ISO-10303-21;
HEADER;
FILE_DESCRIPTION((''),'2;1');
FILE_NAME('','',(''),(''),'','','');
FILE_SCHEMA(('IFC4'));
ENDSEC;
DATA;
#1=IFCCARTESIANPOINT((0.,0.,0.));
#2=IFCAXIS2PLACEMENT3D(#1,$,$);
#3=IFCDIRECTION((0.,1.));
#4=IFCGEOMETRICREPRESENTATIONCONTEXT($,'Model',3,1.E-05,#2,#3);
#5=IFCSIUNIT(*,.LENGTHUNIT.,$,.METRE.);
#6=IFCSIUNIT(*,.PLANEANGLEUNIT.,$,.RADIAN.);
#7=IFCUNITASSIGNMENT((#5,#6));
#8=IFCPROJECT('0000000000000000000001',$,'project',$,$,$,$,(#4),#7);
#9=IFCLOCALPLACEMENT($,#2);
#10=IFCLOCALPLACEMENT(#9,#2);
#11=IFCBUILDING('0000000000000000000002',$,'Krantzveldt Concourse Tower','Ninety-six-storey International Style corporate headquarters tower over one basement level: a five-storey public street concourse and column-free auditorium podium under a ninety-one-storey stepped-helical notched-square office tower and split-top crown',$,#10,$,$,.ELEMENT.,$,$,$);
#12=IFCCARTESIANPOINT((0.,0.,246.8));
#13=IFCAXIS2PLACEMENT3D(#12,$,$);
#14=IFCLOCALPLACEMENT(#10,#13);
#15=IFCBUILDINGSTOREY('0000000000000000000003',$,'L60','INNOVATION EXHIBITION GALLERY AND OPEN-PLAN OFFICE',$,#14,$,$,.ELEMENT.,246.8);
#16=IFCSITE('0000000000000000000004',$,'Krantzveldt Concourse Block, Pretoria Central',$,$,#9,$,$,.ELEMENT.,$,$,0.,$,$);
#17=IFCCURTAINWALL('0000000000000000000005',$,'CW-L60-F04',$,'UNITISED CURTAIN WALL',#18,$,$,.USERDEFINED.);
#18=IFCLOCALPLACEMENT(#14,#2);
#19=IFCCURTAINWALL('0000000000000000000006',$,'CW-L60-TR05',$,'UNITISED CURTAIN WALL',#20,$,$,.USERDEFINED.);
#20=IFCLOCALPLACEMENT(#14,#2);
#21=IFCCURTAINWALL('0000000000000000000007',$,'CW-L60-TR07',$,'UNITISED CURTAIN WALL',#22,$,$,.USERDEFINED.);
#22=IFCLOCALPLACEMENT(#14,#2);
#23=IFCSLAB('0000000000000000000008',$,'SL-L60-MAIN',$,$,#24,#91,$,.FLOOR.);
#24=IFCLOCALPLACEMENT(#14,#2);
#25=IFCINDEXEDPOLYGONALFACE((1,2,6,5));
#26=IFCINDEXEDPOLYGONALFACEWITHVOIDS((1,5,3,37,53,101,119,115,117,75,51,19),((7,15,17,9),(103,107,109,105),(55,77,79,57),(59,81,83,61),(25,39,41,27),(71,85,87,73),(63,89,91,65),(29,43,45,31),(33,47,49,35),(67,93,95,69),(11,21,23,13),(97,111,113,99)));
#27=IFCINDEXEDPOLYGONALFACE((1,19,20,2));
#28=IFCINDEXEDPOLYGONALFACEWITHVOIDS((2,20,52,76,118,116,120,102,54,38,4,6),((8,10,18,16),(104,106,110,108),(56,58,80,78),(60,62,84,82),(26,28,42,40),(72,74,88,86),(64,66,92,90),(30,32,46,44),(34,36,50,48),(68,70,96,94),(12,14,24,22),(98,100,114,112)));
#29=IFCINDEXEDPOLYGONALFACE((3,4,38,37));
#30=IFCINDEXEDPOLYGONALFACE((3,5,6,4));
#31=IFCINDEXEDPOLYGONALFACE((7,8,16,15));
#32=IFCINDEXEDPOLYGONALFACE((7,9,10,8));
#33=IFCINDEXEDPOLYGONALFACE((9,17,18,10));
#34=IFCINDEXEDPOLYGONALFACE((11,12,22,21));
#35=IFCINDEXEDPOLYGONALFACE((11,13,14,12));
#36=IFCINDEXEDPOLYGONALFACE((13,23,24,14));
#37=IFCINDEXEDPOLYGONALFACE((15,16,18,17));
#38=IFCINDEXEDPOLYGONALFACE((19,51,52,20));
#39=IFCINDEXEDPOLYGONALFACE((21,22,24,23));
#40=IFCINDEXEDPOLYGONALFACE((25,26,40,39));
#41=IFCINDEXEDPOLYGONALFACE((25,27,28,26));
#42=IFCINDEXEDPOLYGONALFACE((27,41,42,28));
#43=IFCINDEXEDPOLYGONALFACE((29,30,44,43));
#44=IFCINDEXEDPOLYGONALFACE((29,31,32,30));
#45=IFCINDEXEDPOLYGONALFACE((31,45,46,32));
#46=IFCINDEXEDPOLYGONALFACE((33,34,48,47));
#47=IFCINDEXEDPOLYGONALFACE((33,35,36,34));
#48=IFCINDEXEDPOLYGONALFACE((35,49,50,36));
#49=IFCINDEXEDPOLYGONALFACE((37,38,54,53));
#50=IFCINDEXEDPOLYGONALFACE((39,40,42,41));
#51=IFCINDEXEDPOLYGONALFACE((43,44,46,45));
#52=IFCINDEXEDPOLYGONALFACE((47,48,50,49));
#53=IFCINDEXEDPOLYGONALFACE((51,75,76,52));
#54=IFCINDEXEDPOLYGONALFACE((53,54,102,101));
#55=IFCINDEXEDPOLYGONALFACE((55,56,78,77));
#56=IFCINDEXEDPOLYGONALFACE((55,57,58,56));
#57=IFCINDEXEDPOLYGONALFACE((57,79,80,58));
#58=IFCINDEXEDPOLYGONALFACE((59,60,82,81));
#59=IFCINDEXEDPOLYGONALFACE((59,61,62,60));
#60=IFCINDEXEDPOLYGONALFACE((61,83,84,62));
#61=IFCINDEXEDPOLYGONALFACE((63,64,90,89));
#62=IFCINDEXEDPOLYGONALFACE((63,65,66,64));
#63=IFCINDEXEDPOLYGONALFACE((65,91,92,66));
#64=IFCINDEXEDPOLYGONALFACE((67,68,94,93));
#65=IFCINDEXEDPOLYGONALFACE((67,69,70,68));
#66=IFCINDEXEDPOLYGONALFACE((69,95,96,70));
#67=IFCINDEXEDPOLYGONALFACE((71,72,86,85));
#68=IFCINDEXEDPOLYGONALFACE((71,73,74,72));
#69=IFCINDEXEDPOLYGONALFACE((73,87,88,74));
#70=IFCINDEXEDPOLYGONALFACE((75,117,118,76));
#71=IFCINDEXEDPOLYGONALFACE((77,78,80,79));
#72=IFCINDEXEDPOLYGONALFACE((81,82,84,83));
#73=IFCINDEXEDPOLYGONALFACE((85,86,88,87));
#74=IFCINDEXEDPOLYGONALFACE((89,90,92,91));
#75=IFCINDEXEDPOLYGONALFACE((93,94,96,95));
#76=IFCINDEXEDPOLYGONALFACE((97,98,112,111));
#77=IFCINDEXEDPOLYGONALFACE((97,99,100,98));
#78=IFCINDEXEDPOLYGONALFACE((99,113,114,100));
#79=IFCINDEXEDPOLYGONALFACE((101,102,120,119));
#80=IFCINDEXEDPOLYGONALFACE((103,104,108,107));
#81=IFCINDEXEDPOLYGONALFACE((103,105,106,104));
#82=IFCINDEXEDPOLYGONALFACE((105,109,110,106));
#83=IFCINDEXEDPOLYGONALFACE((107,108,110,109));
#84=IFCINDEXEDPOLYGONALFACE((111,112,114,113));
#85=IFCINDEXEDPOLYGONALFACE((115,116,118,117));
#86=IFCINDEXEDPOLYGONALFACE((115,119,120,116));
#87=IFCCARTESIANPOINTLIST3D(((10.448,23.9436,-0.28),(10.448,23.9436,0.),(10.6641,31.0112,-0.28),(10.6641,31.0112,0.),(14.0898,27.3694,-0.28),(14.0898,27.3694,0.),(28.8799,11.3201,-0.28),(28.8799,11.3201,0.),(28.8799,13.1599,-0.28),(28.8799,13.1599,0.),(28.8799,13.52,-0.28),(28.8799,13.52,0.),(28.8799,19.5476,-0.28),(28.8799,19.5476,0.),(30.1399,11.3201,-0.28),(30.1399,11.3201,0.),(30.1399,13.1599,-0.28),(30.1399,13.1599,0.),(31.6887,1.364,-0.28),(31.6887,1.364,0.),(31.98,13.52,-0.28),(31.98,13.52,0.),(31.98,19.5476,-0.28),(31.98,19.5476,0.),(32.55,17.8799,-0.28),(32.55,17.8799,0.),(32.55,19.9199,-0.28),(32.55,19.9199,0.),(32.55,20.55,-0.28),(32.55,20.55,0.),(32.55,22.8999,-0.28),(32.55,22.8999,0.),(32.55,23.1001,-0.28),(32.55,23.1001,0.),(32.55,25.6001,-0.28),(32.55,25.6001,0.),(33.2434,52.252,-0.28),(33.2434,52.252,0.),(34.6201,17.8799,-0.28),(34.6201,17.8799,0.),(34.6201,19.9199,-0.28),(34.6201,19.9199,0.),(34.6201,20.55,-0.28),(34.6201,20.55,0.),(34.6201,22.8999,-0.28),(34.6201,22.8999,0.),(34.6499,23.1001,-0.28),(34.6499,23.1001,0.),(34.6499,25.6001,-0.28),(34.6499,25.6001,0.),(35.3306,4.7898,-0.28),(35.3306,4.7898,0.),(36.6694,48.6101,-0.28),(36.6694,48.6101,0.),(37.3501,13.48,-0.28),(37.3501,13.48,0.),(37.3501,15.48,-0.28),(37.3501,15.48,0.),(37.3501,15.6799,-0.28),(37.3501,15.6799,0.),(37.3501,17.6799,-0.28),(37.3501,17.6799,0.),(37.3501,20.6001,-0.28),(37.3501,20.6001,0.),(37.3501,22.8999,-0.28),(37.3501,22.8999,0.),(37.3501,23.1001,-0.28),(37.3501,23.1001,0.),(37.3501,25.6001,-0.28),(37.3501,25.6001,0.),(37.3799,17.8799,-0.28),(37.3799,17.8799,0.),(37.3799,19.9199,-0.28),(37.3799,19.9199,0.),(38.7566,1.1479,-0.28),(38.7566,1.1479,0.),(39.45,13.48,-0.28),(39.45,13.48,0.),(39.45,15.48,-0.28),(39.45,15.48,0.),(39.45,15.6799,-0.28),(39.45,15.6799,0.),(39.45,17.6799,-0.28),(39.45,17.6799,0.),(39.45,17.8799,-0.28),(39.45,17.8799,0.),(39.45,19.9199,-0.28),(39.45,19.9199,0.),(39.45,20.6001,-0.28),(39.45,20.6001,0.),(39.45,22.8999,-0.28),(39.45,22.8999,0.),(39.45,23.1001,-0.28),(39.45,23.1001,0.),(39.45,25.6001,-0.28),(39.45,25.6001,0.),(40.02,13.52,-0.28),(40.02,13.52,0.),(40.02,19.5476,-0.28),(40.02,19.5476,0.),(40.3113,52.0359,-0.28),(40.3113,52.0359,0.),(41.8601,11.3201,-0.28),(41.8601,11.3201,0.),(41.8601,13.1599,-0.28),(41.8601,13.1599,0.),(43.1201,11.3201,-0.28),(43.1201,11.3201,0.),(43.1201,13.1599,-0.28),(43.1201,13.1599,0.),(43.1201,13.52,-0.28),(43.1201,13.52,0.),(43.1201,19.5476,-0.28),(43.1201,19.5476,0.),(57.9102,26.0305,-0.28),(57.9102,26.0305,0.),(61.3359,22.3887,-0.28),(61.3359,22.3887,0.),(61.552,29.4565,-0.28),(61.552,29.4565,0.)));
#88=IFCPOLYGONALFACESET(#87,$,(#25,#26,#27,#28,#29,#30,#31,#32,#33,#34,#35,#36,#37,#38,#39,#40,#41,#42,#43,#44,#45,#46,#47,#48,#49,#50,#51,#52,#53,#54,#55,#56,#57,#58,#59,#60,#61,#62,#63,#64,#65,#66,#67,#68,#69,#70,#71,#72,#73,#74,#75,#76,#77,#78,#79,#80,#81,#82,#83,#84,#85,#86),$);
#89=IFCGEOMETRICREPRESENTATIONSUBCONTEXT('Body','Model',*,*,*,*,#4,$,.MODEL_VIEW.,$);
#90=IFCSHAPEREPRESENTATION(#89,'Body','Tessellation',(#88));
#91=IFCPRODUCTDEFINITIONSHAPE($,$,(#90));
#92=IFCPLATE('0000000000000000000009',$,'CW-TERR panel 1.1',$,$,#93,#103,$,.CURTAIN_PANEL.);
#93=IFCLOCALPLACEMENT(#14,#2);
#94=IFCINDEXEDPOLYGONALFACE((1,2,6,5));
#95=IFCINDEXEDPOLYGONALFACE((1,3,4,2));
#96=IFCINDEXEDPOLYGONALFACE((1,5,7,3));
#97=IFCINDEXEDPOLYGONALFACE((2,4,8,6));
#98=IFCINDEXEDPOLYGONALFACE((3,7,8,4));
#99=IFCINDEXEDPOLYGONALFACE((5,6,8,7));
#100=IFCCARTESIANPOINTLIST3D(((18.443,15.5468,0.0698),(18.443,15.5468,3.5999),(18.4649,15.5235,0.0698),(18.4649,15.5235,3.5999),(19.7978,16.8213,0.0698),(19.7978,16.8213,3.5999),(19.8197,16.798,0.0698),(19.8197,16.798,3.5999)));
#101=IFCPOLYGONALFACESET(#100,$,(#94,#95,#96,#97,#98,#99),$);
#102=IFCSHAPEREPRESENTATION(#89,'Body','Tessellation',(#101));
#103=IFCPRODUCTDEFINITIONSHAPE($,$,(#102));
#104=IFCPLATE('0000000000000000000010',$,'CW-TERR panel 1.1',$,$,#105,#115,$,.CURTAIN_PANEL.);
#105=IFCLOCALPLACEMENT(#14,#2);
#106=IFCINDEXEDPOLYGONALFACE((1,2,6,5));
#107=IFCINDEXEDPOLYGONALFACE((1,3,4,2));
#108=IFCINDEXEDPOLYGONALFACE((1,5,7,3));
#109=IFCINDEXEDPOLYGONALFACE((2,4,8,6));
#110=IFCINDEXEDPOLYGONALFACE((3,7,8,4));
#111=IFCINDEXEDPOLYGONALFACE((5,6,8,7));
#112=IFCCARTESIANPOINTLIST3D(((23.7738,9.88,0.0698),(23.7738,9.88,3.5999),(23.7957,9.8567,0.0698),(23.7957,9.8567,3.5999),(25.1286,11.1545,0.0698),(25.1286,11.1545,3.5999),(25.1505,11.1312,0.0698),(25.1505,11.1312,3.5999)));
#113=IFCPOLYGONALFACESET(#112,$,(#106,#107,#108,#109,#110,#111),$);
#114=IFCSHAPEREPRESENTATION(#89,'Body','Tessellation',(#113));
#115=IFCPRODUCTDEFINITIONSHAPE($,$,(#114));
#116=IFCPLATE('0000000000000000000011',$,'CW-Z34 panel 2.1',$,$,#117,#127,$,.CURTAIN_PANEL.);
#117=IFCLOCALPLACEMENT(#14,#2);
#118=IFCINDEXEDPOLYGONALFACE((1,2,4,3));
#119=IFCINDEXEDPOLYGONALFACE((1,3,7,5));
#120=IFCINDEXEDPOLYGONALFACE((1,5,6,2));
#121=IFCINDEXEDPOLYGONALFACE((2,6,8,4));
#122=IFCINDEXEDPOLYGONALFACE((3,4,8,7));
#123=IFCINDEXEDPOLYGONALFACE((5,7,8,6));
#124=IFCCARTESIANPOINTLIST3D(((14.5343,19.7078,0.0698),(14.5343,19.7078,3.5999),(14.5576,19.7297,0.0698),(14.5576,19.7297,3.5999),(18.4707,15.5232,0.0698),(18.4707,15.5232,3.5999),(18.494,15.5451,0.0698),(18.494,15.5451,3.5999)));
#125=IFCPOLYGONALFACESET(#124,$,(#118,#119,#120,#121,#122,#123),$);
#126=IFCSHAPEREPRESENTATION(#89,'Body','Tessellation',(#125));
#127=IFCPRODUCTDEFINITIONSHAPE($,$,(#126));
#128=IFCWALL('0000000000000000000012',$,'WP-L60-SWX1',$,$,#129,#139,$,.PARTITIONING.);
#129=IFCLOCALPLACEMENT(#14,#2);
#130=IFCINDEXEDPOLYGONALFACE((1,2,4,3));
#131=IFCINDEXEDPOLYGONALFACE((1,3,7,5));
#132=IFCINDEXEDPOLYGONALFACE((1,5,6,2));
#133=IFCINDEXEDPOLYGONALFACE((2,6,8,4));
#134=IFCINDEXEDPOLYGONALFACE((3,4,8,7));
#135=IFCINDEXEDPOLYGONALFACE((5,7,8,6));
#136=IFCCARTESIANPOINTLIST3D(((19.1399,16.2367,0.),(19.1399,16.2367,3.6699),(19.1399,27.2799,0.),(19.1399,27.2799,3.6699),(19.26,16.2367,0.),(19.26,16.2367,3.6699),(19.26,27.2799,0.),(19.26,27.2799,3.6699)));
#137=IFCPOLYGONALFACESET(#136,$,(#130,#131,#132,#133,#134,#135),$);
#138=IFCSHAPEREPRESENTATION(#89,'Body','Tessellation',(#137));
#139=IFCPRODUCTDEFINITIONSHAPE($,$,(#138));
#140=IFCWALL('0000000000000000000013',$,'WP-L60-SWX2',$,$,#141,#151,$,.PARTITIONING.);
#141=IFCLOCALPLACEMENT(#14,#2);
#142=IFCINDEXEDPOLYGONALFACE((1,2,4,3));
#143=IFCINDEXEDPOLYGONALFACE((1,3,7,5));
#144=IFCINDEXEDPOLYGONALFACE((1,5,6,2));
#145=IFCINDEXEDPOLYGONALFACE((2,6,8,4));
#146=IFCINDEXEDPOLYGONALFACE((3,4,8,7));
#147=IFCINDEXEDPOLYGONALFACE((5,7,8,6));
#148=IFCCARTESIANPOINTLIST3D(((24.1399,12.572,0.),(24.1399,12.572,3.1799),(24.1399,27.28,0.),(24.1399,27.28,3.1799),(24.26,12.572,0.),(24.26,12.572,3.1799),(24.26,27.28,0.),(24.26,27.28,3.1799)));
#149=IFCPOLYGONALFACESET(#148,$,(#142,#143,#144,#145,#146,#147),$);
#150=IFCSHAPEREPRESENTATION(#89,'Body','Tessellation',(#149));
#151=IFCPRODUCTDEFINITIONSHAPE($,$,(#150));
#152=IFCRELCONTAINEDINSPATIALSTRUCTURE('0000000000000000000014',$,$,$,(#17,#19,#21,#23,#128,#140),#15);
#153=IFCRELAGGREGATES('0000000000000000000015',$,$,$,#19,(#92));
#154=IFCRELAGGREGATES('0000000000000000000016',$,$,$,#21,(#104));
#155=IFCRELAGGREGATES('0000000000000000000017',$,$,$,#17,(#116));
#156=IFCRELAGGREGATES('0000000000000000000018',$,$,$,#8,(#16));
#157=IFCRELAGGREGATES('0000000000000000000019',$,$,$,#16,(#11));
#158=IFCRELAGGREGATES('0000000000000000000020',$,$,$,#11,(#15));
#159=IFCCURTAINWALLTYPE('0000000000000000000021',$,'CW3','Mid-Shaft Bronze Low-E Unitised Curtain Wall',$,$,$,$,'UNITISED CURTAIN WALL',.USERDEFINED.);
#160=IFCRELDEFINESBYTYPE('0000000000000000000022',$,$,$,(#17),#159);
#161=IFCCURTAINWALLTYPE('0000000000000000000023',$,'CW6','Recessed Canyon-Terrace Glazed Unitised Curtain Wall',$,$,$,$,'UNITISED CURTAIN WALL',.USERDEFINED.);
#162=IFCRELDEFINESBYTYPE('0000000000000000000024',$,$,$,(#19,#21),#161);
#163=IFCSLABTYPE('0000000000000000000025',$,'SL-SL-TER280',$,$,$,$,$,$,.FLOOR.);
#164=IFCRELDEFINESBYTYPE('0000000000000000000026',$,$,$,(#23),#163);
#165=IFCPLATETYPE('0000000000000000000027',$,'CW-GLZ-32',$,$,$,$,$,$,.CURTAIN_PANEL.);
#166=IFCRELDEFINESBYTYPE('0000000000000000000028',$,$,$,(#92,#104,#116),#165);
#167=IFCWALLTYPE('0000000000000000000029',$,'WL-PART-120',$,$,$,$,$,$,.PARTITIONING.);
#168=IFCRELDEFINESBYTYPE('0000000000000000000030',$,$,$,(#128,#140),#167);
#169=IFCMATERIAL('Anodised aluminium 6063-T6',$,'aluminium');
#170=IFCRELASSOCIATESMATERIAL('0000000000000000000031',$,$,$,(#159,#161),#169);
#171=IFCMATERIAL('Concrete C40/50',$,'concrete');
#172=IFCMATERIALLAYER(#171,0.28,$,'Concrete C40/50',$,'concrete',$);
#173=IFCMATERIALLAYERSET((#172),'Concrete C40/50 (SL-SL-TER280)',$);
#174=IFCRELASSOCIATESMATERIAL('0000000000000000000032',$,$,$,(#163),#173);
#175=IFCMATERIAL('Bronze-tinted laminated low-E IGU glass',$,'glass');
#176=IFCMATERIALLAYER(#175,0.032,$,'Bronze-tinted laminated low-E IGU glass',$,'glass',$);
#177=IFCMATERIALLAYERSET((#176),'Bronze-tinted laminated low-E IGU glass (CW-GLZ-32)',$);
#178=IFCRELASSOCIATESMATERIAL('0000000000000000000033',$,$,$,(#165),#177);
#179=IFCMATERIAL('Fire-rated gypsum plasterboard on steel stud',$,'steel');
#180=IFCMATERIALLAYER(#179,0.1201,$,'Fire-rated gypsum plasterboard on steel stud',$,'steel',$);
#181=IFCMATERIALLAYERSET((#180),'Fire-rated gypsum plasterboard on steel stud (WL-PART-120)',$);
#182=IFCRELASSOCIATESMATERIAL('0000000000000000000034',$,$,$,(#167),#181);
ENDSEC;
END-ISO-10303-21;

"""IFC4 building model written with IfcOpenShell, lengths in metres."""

from ifc_helpers import new_model, si_unit, direction, frame, frame_2d, origin, origin_2d, place, context, subcontext, project, spatial, polyline, rectangle, outline, extrude, source, transform, mapped, material, layer, layer_set, type_object, type_shapes, element, aggregate, save


model = new_model("IFC4")

# Units and contexts
model_context = context("Model", 3, precision=1e-05, world=origin(), true_north=direction((0.0, 1.0)))
body_context = subcontext(model_context, "Body", "Model", "MODEL_VIEW")
ifc_project = project(units=[si_unit("LENGTHUNIT", "METRE"), si_unit("PLANEANGLEUNIT", "RADIAN")], contexts=[model_context])

# Site, building, storey
site_placement = place(None, origin())
site = spatial("IfcSite", under=ifc_project, at=site_placement, Name="Krantzveldt Concourse Block, Pretoria Central", CompositionType="ELEMENT", RefElevation=0.0)
building_placement = place(site_placement, origin())
building = spatial("IfcBuilding", under=site, at=building_placement, Name="Krantzveldt Concourse Tower", Description="Ninety-six-storey International Style corporate headquarters tower over one basement level: a five-storey public street concourse and column-free auditorium podium under a ninety-one-storey stepped-helical notched-square office tower and split-top crown", CompositionType="ELEMENT")
storey_placement = place(building_placement, frame((0.0, 0.0, 246.8)))
storey = spatial("IfcBuildingStorey", under=building, at=storey_placement, Name="L60", Description="INNOVATION EXHIBITION GALLERY AND OPEN-PLAN OFFICE", CompositionType="ELEMENT", Elevation=246.8)

# Curtain walls
ifc_material_1 = material(Name="Anodised aluminium 6063-T6", Category="aluminium")
curtain_wall_type_1 = type_object("IfcCurtainWallType", Name="CW3", Description="Mid-Shaft Bronze Low-E Unitised Curtain Wall", ElementType="UNITISED CURTAIN WALL", PredefinedType="USERDEFINED", material=ifc_material_1)
curtain_wall_1_placement = place(storey_placement, origin())
curtain_wall_1 = element("IfcCurtainWall", 1, at=curtain_wall_1_placement, inside=storey, type_object=curtain_wall_type_1, Name="CW-L60-F04", ObjectType="UNITISED CURTAIN WALL", PredefinedType="USERDEFINED")
curtain_wall_type_2 = type_object("IfcCurtainWallType", Name="CW6", Description="Recessed Canyon-Terrace Glazed Unitised Curtain Wall", ElementType="UNITISED CURTAIN WALL", PredefinedType="USERDEFINED", material=ifc_material_1)
curtain_wall_2_placement = place(storey_placement, origin())
curtain_wall_2 = element("IfcCurtainWall", 2, at=curtain_wall_2_placement, inside=storey, type_object=curtain_wall_type_2, Name="CW-L60-TR05", ObjectType="UNITISED CURTAIN WALL", PredefinedType="USERDEFINED")

# Curtain wall
curtain_wall_3_placement = place(storey_placement, origin())
curtain_wall_3 = element("IfcCurtainWall", 3, at=curtain_wall_3_placement, inside=storey, type_object=curtain_wall_type_2, Name="CW-L60-TR07", ObjectType="UNITISED CURTAIN WALL", PredefinedType="USERDEFINED")

# Slab
ifc_material_2 = material(Name="Concrete C40/50", Category="concrete")
ifc_layer_1 = layer(ifc_material_2, 0.28, Name="Concrete C40/50", Category="concrete")
ifc_layer_set_1 = layer_set([ifc_layer_1], Name="Concrete C40/50 (SL-SL-TER280)")
slab_type_1 = type_object("IfcSlabType", Name="SL-SL-TER280", PredefinedType="FLOOR", material=ifc_layer_set_1)
slab_1_placement = place(storey_placement, frame((0.0, 0.0, -0.28)))
element("IfcSlab", 4, at=slab_1_placement, inside=storey, type_object=slab_type_1, Name="SL-L60-MAIN", PredefinedType="FLOOR", context=body_context, shape_type="SweptSolid", body=[
    extrude(outline(polyline([(36.6694, 48.6101), (33.2434, 52.252), (10.6641, 31.0112), (14.0898, 27.3694), (10.448, 23.9436), (31.6887, 1.364), (35.3306, 4.7898), (38.7566, 1.1479), (61.3359, 22.3887), (57.9102, 26.0305), (61.552, 29.4565), (40.3113, 52.0359), (36.6694, 48.6101)]), holes=[polyline([(28.8799, 19.5476), (28.8799, 13.52), (31.98, 13.52), (31.98, 19.5476), (28.8799, 19.5476)]), polyline([(40.02, 19.5476), (40.02, 13.52), (43.1201, 13.52), (43.1201, 19.5476), (40.02, 19.5476)]), polyline([(32.55, 23.1001), (34.6499, 23.1001), (34.6499, 25.6001), (32.55, 25.6001), (32.55, 23.1001)]), polyline([(37.3501, 23.1001), (39.45, 23.1001), (39.45, 25.6001), (37.3501, 25.6001), (37.3501, 23.1001)]), polyline([(37.3501, 20.6001), (39.45, 20.6001), (39.45, 22.8999), (37.3501, 22.8999), (37.3501, 20.6001)]), polyline([(37.3501, 13.48), (39.45, 13.48), (39.45, 15.48), (37.3501, 15.48), (37.3501, 13.48)]), polyline([(37.3501, 15.6799), (39.45, 15.6799), (39.45, 17.6799), (37.3501, 17.6799), (37.3501, 15.6799)]), polyline([(32.55, 20.55), (34.6201, 20.55), (34.6201, 22.8999), (32.55, 22.8999), (32.55, 20.55)]), polyline([(32.55, 17.8799), (34.6201, 17.8799), (34.6201, 19.9199), (32.55, 19.9199), (32.55, 17.8799)]), polyline([(37.3799, 17.8799), (39.45, 17.8799), (39.45, 19.9199), (37.3799, 19.9199), (37.3799, 17.8799)]), polyline([(28.8799, 11.3201), (30.1399, 11.3201), (30.1399, 13.1599), (28.8799, 13.1599), (28.8799, 11.3201)]), polyline([(41.8601, 11.3201), (43.1201, 11.3201), (43.1201, 13.1599), (41.8601, 13.1599), (41.8601, 11.3201)])]), origin(), (0.0, 0.0, 1.0), 0.28),
])

# Plates
ifc_material_3 = material(Name="Bronze-tinted laminated low-E IGU glass", Category="glass")
ifc_layer_2 = layer(ifc_material_3, 0.032, Name="Bronze-tinted laminated low-E IGU glass", Category="glass")
ifc_layer_set_2 = layer_set([ifc_layer_2], Name="Bronze-tinted laminated low-E IGU glass (CW-GLZ-32)")
plate_type = type_object("IfcPlateType", Name="CW-GLZ-32", PredefinedType="CURTAIN_PANEL", material=ifc_layer_set_2)
shared_shape_1 = source(origin(), body_context, "Body", "SweptSolid", [
    extrude(rectangle(XDim=1.8601, YDim=0.032, at=origin_2d()), origin(), (0.0, 0.0, 1.0), 3.53),
])
plate_1_placement = place(storey_placement, frame((19.1313, 16.1724, 0.0698), z_axis=(0.0, 0.0, 1.0), x_axis=(0.728372, 0.685182, 0.0)))
plate_1 = element("IfcPlate", 5, at=plate_1_placement, type_object=plate_type, Name="CW-TERR panel 1.1", PredefinedType="CURTAIN_PANEL", context=body_context, shape_type="MappedRepresentation", body=[
    mapped(shared_shape_1, transform((0.0, 0.0, 0.0), x_axis=(1.0, 0.0, 0.0), y_axis=(0.0, 1.0, 0.0), z_axis=(0.0, 0.0, 1.0), scale=1.0)),
])
aggregate(curtain_wall_2, [plate_1])
plate_2_placement = place(storey_placement, frame((24.4622, 10.5056, 0.0698), z_axis=(0.0, 0.0, 1.0), x_axis=(-0.728372, -0.685182, 0.0)))
plate_2 = element("IfcPlate", 6, at=plate_2_placement, type_object=plate_type, Name="CW-TERR panel 1.1", PredefinedType="CURTAIN_PANEL", context=body_context, shape_type="MappedRepresentation", body=[
    mapped(shared_shape_1, transform((0.0, 0.0, 0.0), x_axis=(1.0, 0.0, 0.0), y_axis=(0.0, 1.0, 0.0), z_axis=(0.0, 0.0, 1.0), scale=1.0)),
])
aggregate(curtain_wall_3, [plate_2])
shared_shape_2 = source(origin(), body_context, "Body", "SweptSolid", [
    extrude(rectangle(XDim=5.7451, YDim=0.032, at=origin_2d()), origin(), (0.0, 0.0, 1.0), 3.53),
])
type_shapes(plate_type, [shared_shape_1, shared_shape_2])
plate_3_placement = place(storey_placement, frame((16.5142, 17.6265, 0.0698), z_axis=(0.0, 0.0, 1.0), x_axis=(0.685183, -0.728371, 0.0)))
plate_3 = element("IfcPlate", 7, at=plate_3_placement, type_object=plate_type, Name="CW-Z34 panel 2.1", PredefinedType="CURTAIN_PANEL", context=body_context, shape_type="MappedRepresentation", body=[
    mapped(shared_shape_2, transform((0.0, 0.0, 0.0), x_axis=(1.0, 0.0, 0.0), y_axis=(0.0, 1.0, 0.0), z_axis=(0.0, 0.0, 1.0), scale=1.0)),
])
aggregate(curtain_wall_1, [plate_3])

# Walls
ifc_material_4 = material(Name="Fire-rated gypsum plasterboard on steel stud", Category="steel")
ifc_layer_3 = layer(ifc_material_4, 0.1201, Name="Fire-rated gypsum plasterboard on steel stud", Category="steel")
ifc_layer_set_3 = layer_set([ifc_layer_3], Name="Fire-rated gypsum plasterboard on steel stud (WL-PART-120)")
wall_type = type_object("IfcWallType", Name="WL-PART-120", PredefinedType="PARTITIONING", material=ifc_layer_set_3)
wall_1_placement = place(storey_placement, frame((19.2, 16.2368, 0.0), z_axis=(0.0, 0.0, 1.0), x_axis=(0.0, 1.0, 0.0)))
element("IfcWall", 8, at=wall_1_placement, inside=storey, type_object=wall_type, Name="WP-L60-SWX1", PredefinedType="PARTITIONING", context=body_context, shape_type="SweptSolid", body=[
    extrude(rectangle(XDim=11.0432, YDim=0.1201, at=frame_2d((5.5215, 0.0))), origin(), (0.0, 0.0, 1.0), 3.6699),
])
wall_2_placement = place(storey_placement, frame((24.2, 12.572, 0.0), z_axis=(0.0, 0.0, 1.0), x_axis=(0.0, 1.0, 0.0)))
element("IfcWall", 9, at=wall_2_placement, inside=storey, type_object=wall_type, Name="WP-L60-SWX2", PredefinedType="PARTITIONING", context=body_context, shape_type="SweptSolid", body=[
    extrude(rectangle(XDim=14.708, YDim=0.1201, at=frame_2d((7.354, 0.0))), origin(), (0.0, 0.0, 1.0), 3.1799),
])

save(model, "model.ifc")
